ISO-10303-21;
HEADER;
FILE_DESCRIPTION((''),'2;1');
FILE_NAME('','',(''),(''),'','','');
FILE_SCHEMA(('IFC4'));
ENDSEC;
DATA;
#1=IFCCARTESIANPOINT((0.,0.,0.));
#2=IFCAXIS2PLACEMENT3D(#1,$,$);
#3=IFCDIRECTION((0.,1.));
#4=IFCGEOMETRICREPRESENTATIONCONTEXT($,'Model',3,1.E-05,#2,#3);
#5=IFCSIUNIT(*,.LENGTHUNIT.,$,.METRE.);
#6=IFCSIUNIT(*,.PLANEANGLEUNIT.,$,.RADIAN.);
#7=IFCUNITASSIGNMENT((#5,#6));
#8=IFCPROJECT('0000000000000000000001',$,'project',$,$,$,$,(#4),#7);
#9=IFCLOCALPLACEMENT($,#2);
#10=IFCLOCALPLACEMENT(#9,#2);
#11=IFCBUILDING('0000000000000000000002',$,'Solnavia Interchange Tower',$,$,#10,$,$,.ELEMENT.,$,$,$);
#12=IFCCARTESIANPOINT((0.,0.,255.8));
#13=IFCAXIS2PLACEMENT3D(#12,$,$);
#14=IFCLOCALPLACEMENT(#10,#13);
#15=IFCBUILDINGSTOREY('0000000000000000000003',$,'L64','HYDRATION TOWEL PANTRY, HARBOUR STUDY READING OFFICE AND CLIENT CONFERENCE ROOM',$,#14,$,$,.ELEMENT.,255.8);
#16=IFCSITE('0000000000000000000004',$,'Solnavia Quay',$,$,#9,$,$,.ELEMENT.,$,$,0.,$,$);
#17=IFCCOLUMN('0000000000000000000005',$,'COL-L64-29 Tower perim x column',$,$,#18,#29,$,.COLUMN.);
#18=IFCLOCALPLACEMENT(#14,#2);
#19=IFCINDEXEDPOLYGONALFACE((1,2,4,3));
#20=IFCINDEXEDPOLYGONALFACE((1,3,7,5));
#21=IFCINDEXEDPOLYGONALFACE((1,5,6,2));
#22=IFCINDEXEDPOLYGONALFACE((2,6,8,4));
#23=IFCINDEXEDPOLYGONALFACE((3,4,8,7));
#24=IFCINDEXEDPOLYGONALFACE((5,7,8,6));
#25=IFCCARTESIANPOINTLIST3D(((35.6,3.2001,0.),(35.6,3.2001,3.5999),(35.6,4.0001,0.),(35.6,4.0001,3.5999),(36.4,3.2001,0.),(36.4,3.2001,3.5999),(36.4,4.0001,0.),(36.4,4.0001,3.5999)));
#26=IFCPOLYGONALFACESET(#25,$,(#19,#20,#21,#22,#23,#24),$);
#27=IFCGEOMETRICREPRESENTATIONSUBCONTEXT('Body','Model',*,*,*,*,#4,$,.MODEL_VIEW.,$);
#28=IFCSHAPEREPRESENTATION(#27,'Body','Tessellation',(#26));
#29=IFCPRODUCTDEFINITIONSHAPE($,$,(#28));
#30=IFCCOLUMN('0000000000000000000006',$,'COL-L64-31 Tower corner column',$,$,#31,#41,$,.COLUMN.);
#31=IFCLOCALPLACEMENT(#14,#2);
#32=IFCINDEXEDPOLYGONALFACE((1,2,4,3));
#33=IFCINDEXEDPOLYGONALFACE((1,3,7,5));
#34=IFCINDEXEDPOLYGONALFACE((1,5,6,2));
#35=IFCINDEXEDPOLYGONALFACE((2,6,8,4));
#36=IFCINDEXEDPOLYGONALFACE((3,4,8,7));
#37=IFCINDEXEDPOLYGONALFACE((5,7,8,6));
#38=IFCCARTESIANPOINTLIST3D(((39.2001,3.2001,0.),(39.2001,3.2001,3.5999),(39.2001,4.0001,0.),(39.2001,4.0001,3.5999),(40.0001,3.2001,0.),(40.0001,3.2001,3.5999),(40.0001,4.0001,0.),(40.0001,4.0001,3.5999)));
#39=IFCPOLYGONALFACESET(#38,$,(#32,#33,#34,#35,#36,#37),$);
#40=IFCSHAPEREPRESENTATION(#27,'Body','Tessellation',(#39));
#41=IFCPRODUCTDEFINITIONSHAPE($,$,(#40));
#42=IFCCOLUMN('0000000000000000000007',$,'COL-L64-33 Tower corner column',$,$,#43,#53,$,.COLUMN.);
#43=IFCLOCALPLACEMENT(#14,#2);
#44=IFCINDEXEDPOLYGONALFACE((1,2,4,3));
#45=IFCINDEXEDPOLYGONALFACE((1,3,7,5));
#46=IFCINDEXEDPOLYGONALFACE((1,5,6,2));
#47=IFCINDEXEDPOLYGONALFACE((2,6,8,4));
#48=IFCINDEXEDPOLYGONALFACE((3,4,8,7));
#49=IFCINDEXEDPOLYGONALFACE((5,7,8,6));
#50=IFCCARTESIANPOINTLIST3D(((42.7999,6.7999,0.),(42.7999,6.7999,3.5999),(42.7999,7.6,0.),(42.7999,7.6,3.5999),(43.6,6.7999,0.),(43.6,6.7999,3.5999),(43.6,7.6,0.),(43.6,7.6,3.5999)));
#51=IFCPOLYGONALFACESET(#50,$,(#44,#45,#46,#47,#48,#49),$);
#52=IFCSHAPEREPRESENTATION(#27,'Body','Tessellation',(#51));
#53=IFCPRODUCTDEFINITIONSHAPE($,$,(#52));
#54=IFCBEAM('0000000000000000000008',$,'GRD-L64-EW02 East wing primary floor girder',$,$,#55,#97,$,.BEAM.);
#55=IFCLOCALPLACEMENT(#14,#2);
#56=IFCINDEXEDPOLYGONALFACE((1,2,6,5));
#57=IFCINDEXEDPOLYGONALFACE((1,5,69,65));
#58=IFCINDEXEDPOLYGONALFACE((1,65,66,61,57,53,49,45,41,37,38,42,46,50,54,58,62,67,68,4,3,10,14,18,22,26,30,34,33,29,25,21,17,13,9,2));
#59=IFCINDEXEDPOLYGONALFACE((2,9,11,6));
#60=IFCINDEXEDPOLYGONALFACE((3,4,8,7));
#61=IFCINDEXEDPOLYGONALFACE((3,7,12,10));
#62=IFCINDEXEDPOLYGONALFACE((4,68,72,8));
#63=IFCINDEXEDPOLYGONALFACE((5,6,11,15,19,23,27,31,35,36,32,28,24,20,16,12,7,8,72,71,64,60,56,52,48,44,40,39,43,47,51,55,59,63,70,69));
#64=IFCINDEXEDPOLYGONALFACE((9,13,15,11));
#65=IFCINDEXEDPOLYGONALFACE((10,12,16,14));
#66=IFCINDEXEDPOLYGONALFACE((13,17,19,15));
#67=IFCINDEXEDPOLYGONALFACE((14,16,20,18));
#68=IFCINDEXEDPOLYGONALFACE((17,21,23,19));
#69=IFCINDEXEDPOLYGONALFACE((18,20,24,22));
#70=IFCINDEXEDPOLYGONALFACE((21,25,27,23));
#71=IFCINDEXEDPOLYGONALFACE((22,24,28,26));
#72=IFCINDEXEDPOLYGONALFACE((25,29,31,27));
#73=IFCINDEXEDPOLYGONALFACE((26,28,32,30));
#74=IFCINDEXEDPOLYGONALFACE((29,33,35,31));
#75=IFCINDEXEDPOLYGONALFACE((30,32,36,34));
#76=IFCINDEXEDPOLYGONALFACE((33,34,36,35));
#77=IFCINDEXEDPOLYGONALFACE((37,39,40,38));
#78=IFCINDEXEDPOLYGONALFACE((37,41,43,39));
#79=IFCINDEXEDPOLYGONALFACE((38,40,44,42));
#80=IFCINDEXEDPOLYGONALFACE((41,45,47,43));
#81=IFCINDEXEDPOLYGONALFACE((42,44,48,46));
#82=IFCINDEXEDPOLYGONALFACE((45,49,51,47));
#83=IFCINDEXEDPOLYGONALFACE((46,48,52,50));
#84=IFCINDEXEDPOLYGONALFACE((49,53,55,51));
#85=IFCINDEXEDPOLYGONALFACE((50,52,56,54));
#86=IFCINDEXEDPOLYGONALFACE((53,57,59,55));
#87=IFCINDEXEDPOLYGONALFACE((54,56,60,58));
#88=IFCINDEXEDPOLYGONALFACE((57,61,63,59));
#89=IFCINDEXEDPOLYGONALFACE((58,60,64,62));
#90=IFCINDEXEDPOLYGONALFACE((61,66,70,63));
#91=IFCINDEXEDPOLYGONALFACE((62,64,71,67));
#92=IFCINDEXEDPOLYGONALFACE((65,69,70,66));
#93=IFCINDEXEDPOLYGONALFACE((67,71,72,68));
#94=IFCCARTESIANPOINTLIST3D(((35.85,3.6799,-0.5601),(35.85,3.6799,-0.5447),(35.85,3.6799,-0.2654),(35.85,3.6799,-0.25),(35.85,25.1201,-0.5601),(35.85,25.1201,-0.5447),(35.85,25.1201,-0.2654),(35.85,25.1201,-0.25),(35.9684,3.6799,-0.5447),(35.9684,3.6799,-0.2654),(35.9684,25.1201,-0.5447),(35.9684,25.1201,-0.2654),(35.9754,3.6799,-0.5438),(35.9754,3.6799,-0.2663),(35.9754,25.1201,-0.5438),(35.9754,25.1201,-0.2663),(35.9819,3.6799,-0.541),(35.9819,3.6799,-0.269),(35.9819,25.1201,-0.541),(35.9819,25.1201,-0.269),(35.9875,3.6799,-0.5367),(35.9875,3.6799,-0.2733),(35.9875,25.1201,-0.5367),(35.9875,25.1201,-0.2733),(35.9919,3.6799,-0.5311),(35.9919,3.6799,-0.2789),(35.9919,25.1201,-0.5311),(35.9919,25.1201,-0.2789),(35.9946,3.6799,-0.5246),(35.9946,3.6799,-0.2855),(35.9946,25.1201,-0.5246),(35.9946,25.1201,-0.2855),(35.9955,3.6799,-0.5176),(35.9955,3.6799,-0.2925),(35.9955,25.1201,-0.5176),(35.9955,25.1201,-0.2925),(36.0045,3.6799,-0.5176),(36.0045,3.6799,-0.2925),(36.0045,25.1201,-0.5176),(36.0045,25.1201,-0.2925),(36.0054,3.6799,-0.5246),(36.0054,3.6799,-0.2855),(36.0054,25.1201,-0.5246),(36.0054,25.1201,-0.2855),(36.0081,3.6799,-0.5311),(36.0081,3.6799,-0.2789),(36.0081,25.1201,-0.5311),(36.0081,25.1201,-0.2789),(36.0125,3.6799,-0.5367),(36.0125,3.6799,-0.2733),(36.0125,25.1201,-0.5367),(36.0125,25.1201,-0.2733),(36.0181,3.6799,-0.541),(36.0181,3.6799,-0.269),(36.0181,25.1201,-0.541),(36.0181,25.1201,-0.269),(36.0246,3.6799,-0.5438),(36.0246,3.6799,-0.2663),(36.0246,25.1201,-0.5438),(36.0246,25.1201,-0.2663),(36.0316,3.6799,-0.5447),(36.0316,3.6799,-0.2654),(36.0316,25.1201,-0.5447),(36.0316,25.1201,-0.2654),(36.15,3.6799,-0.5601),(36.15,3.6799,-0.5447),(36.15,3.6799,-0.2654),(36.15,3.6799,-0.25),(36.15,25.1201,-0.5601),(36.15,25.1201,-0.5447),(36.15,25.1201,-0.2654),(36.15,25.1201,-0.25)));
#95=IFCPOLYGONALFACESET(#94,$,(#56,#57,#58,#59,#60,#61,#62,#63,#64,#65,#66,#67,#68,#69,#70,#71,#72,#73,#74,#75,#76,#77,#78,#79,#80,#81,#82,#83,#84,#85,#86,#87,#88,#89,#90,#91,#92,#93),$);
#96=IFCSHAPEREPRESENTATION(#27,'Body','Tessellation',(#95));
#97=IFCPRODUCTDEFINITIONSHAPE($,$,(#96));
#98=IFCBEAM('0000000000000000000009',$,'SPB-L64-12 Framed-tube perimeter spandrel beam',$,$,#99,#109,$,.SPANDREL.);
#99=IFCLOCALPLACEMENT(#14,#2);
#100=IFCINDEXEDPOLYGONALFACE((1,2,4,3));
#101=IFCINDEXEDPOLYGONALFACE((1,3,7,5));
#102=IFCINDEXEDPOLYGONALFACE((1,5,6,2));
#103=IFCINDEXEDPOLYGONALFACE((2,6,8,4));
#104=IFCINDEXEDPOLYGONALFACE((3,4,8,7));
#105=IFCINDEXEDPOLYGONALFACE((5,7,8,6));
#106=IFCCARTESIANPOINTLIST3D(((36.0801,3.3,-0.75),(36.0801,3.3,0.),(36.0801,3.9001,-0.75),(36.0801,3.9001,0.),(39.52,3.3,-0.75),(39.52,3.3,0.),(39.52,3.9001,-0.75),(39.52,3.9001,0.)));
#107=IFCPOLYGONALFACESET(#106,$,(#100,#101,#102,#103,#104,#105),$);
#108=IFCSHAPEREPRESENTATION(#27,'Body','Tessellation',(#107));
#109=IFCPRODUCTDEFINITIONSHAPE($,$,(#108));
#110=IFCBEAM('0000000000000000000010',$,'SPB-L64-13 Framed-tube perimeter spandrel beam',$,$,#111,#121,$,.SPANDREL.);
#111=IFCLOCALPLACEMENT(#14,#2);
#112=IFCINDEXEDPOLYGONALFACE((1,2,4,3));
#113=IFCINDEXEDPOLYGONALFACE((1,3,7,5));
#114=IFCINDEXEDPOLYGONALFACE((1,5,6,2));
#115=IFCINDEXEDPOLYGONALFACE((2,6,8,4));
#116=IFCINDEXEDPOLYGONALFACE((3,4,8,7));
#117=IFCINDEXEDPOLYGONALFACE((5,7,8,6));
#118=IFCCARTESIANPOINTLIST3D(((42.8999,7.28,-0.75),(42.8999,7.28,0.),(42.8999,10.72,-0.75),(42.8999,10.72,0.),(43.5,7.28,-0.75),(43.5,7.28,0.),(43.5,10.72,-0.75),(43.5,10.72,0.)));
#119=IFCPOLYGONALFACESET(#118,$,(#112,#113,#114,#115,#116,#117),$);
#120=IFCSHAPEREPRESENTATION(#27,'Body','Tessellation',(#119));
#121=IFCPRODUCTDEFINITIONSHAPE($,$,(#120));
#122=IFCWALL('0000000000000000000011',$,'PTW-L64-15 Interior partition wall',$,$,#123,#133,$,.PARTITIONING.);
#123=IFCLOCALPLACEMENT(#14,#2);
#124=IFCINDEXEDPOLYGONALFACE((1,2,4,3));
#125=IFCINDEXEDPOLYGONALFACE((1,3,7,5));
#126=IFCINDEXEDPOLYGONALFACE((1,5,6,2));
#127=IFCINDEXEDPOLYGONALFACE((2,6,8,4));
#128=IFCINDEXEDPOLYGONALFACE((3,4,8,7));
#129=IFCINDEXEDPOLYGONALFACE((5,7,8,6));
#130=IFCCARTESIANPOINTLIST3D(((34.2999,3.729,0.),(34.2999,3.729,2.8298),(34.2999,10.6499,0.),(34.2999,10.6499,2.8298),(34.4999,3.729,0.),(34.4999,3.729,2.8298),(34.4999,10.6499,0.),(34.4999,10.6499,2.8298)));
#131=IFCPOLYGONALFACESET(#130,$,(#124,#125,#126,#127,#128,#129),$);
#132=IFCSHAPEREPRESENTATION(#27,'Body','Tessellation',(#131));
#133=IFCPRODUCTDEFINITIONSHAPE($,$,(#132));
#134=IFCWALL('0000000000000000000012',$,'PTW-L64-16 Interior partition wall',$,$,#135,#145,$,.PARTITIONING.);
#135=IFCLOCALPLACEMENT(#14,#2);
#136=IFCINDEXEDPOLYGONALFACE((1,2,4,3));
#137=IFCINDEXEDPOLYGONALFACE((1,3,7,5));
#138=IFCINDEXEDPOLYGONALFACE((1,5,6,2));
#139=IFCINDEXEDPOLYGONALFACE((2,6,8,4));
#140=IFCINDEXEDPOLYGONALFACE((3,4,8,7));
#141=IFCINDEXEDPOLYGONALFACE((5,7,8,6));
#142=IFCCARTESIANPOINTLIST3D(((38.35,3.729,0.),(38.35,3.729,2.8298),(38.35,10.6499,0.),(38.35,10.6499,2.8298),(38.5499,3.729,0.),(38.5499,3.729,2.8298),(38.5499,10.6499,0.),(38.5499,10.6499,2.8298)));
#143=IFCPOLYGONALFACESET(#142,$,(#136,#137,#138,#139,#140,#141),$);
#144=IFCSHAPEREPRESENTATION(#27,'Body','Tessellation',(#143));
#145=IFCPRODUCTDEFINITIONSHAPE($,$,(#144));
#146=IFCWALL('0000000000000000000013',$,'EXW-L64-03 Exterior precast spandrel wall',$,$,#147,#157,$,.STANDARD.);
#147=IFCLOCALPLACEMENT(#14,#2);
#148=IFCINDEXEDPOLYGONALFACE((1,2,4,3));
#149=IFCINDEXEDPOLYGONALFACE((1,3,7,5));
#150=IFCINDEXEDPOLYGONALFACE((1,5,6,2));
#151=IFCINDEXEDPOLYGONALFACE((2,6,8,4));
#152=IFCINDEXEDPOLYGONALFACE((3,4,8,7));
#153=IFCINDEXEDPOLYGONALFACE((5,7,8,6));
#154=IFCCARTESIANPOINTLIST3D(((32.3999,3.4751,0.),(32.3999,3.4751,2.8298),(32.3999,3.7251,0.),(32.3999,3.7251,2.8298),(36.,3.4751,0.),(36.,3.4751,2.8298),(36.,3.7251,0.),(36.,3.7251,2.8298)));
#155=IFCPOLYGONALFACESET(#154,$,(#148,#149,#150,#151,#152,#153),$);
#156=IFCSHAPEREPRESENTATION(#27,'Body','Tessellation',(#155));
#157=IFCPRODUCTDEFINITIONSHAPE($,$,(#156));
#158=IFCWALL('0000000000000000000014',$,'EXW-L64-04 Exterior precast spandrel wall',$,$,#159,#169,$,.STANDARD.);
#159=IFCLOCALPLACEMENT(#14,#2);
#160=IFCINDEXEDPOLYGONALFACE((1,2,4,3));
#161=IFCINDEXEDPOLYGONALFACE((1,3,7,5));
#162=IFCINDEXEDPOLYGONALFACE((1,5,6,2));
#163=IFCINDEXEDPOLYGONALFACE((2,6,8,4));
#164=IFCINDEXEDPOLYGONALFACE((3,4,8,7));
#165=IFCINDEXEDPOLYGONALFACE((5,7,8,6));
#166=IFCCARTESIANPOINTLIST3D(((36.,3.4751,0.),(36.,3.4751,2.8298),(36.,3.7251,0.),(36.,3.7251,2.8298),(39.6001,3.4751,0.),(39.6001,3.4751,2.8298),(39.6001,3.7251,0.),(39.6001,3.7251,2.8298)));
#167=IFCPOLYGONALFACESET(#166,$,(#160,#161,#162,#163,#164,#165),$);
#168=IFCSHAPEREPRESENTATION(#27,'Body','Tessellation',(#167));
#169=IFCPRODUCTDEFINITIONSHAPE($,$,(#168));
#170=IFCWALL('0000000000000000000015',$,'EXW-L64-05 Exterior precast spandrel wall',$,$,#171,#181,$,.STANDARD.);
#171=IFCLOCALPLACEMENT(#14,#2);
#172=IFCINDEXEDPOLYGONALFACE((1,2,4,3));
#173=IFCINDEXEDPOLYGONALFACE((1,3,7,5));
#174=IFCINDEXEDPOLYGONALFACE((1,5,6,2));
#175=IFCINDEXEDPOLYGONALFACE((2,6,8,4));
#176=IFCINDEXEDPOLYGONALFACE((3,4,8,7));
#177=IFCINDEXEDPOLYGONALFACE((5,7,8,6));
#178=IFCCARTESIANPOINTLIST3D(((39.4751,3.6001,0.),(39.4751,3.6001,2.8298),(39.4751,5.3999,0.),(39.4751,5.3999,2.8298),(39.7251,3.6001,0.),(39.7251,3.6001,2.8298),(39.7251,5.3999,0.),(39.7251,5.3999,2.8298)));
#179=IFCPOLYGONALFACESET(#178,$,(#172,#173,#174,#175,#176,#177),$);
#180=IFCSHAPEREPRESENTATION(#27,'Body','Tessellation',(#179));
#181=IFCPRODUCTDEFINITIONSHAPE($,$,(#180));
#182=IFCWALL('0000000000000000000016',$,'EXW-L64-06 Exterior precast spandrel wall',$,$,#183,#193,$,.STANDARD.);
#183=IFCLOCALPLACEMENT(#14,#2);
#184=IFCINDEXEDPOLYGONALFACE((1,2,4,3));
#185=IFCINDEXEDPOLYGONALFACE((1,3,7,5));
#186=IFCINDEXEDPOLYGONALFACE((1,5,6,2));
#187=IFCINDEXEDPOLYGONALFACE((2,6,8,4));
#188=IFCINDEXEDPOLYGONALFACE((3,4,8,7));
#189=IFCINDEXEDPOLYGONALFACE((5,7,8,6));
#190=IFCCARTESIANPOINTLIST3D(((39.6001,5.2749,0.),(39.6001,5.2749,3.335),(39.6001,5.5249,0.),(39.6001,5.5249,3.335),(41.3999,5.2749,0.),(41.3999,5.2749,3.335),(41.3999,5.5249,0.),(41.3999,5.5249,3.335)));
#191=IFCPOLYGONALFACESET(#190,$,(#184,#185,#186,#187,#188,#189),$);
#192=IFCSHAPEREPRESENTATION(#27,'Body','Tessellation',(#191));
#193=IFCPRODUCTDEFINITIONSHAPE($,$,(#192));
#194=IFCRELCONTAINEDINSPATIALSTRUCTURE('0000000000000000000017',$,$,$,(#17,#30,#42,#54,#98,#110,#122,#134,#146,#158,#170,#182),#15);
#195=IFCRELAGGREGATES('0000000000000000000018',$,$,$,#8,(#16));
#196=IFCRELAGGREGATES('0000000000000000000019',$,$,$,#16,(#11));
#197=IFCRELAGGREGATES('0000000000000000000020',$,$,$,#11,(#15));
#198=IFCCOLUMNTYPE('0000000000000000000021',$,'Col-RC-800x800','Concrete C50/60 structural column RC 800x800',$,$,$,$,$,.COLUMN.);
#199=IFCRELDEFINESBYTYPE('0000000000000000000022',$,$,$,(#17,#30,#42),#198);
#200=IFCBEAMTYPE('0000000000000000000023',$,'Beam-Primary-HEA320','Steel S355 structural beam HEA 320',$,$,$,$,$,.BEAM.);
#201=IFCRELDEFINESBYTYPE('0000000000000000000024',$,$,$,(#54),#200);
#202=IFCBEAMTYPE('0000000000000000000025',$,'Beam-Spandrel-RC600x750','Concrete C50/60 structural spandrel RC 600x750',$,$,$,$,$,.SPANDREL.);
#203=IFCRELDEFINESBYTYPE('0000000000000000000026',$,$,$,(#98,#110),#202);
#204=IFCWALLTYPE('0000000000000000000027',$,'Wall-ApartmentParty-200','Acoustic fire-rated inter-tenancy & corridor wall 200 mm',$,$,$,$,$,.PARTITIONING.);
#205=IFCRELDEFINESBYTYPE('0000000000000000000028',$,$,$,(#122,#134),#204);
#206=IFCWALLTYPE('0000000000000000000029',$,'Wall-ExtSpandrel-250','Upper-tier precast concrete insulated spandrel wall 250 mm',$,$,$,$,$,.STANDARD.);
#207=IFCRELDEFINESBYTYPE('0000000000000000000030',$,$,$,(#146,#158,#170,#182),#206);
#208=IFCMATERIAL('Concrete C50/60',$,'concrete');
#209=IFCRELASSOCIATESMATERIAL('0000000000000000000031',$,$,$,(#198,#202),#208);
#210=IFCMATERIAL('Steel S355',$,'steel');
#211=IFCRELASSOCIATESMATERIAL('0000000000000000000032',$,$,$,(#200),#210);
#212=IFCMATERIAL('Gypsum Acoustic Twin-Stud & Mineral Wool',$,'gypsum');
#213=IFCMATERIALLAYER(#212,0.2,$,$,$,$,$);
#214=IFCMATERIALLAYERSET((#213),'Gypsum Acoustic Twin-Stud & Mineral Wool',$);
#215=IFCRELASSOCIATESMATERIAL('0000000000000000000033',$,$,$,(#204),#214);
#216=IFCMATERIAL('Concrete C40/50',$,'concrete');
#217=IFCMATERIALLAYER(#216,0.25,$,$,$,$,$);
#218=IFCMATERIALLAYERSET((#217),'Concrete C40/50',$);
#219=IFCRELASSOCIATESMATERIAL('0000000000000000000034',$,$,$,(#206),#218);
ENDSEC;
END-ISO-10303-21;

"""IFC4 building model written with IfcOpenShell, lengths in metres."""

from ifc_helpers import new_model, si_unit, direction, frame, frame_2d, origin, origin_2d, place, context, subcontext, project, spatial, rectangle, i_section, extrude, material, layer, layer_set, material_profile, profile_set, type_object, element, save


model = new_model("IFC4")

# Units and contexts
model_context = context("Model", 3, precision=1e-05, world=origin(), true_north=direction((0.0, 1.0)))
body_context = subcontext(model_context, "Body", "Model", "MODEL_VIEW")
ifc_project = project(units=[si_unit("LENGTHUNIT", "METRE"), si_unit("PLANEANGLEUNIT", "RADIAN")], contexts=[model_context])

# Site, building, storey
site_placement = place(None, origin())
site = spatial("IfcSite", under=ifc_project, at=site_placement, Name="Solnavia Quay", CompositionType="ELEMENT", RefElevation=0.0)
building_placement = place(site_placement, origin())
building = spatial("IfcBuilding", under=site, at=building_placement, Name="Solnavia Interchange Tower", CompositionType="ELEMENT")
storey_placement = place(building_placement, frame((0.0, 0.0, 255.8)))
storey = spatial("IfcBuildingStorey", under=building, at=storey_placement, Name="L64", Description="HYDRATION TOWEL PANTRY, HARBOUR STUDY READING OFFICE AND CLIENT CONFERENCE ROOM", CompositionType="ELEMENT", Elevation=255.8)

# Columns
ifc_material_1 = material(Name="Concrete C50/60", Category="concrete")
ifc_material_profile_1 = material_profile(ifc_material_1, rectangle(XDim=0.8, YDim=0.8, at=origin_2d()), Name="RC 800x800")
ifc_profile_set_1 = profile_set([ifc_material_profile_1], Name="Concrete C50/60")
column_type = type_object("IfcColumnType", Name="Col-RC-800x800", Description="Concrete C50/60 structural column RC 800x800", PredefinedType="COLUMN", material=ifc_profile_set_1)
for number, where, z_axis, x_axis, name in (
    (1, (36.0, 3.6001, 0.0), (0.0, 0.0, 1.0), (1.0, 0.0, 0.0), "COL-L64-29 Tower perim x column"),
    (2, (39.6001, 3.6001, 0.0), (0.0, 0.0, 1.0), (1.0, 0.0, 0.0), "COL-L64-31 Tower corner column"),
    (3, (43.2, 7.2, 0.0), (0.0, 0.0, 1.0), (1.0, 0.0, 0.0), "COL-L64-33 Tower corner column"),
):
    element("IfcColumn", number, at=place(storey_placement, frame(where, z_axis=z_axis, x_axis=x_axis)), inside=storey, type_object=column_type, Name=name, PredefinedType="COLUMN", context=body_context, shape_type="SweptSolid", body=[
        extrude(rectangle(XDim=0.8, YDim=0.8, at=origin_2d()), origin(), (0.0, 0.0, 1.0), 3.5999),
    ])

# Beams
ifc_material_2 = material(Name="Steel S355", Category="steel")
ifc_material_profile_2 = material_profile(ifc_material_2, i_section(OverallWidth=0.3, OverallDepth=0.3101, WebThickness=0.009, FlangeThickness=0.0154, FilletRadius=0.0271, at=origin_2d()), Name="HEA 320")
ifc_profile_set_2 = profile_set([ifc_material_profile_2], Name="Steel S355")
beam_type_1 = type_object("IfcBeamType", Name="Beam-Primary-HEA320", Description="Steel S355 structural beam HEA 320", PredefinedType="BEAM", material=ifc_profile_set_2)
beam_placement = place(storey_placement, frame((36.0, 3.6799, -0.405), z_axis=(0.0, 1.0, 0.0), x_axis=(-1.0, 0.0, 0.0)))
element("IfcBeam", 4, at=beam_placement, inside=storey, type_object=beam_type_1, Name="GRD-L64-EW02 East wing primary floor girder", PredefinedType="BEAM", context=body_context, shape_type="SweptSolid", body=[
    extrude(i_section(OverallWidth=0.3, OverallDepth=0.3101, WebThickness=0.009, FlangeThickness=0.0154, FilletRadius=0.0271, at=origin_2d()), origin(), (0.0, 0.0, 1.0), 21.4402),
])
ifc_material_profile_3 = material_profile(ifc_material_1, rectangle(XDim=0.6001, YDim=0.75, at=origin_2d()), Name="RC 600x750")
ifc_profile_set_3 = profile_set([ifc_material_profile_3], Name="Concrete C50/60")
beam_type_2 = type_object("IfcBeamType", Name="Beam-Spandrel-RC600x750", Description="Concrete C50/60 structural spandrel RC 600x750", PredefinedType="SPANDREL", material=ifc_profile_set_3)
for number, where, z_axis, x_axis, name in (
    (5, (36.0801, 3.6001, -0.375), (1.0, 0.0, 0.0), (0.0, 1.0, 0.0), "SPB-L64-12 Framed-tube perimeter spandrel beam"),
    (6, (43.2, 7.28, -0.375), (0.0, 1.0, 0.0), (-1.0, 0.0, 0.0), "SPB-L64-13 Framed-tube perimeter spandrel beam"),
):
    element("IfcBeam", number, at=place(storey_placement, frame(where, z_axis=z_axis, x_axis=x_axis)), inside=storey, type_object=beam_type_2, Name=name, PredefinedType="SPANDREL", context=body_context, shape_type="SweptSolid", body=[
        extrude(rectangle(XDim=0.6001, YDim=0.75, at=origin_2d()), origin(), (0.0, 0.0, 1.0), 3.4399),
    ])

# Walls
ifc_material_3 = material(Name="Gypsum Acoustic Twin-Stud & Mineral Wool", Category="gypsum")
ifc_layer_1 = layer(ifc_material_3, 0.2)
ifc_layer_set_1 = layer_set([ifc_layer_1], Name="Gypsum Acoustic Twin-Stud & Mineral Wool")
wall_type_1 = type_object("IfcWallType", Name="Wall-ApartmentParty-200", Description="Acoustic fire-rated inter-tenancy & corridor wall 200 mm", PredefinedType="PARTITIONING", material=ifc_layer_set_1)
for number, where, z_axis, x_axis, name in (
    (7, (34.3999, 3.729, 0.0), (0.0, 0.0, 1.0), (0.0, 1.0, 0.0), "PTW-L64-15 Interior partition wall"),
    (8, (38.45, 3.729, 0.0), (0.0, 0.0, 1.0), (0.0, 1.0, 0.0), "PTW-L64-16 Interior partition wall"),
):
    element("IfcWall", number, at=place(storey_placement, frame(where, z_axis=z_axis, x_axis=x_axis)), inside=storey, type_object=wall_type_1, Name=name, PredefinedType="PARTITIONING", context=body_context, shape_type="SweptSolid", body=[
        extrude(rectangle(XDim=6.9209, YDim=0.2, at=frame_2d((3.4604, 0.0))), origin(), (0.0, 0.0, 1.0), 2.8298),
    ])
ifc_material_4 = material(Name="Concrete C40/50", Category="concrete")
ifc_layer_2 = layer(ifc_material_4, 0.25)
ifc_layer_set_2 = layer_set([ifc_layer_2], Name="Concrete C40/50")
wall_type_2 = type_object("IfcWallType", Name="Wall-ExtSpandrel-250", Description="Upper-tier precast concrete insulated spandrel wall 250 mm", PredefinedType="STANDARD", material=ifc_layer_set_2)
for number, where, z_axis, x_axis, name in (
    (9, (36.0, 3.6001, 0.0), (0.0, 0.0, 1.0), (-1.0, 0.0, 0.0), "EXW-L64-03 Exterior precast spandrel wall"),
    (10, (39.6001, 3.6001, 0.0), (0.0, 0.0, 1.0), (-1.0, 0.0, 0.0), "EXW-L64-04 Exterior precast spandrel wall"),
):
    element("IfcWall", number, at=place(storey_placement, frame(where, z_axis=z_axis, x_axis=x_axis)), inside=storey, type_object=wall_type_2, Name=name, PredefinedType="STANDARD", context=body_context, shape_type="SweptSolid", body=[
        extrude(rectangle(XDim=3.6001, YDim=0.25, at=frame_2d((1.8, 0.0))), origin(), (0.0, 0.0, 1.0), 2.8298),
    ])
wall_1_placement = place(storey_placement, frame((39.6001, 5.3999, 0.0), z_axis=(0.0, 0.0, 1.0), x_axis=(0.0, -1.0, 0.0)))
element("IfcWall", 11, at=wall_1_placement, inside=storey, type_object=wall_type_2, Name="EXW-L64-05 Exterior precast spandrel wall", PredefinedType="STANDARD", context=body_context, shape_type="SweptSolid", body=[
    extrude(rectangle(XDim=1.7998, YDim=0.25, at=frame_2d((0.8999, 0.0))), origin(), (0.0, 0.0, 1.0), 2.8298),
])
wall_2_placement = place(storey_placement, frame((41.3999, 5.3999, 0.0), z_axis=(0.0, 0.0, 1.0), x_axis=(-1.0, 0.0, 0.0)))
element("IfcWall", 12, at=wall_2_placement, inside=storey, type_object=wall_type_2, Name="EXW-L64-06 Exterior precast spandrel wall", PredefinedType="STANDARD", context=body_context, shape_type="SweptSolid", body=[
    extrude(rectangle(XDim=1.7998, YDim=0.25, at=frame_2d((0.8999, 0.0))), origin(), (0.0, 0.0, 1.0), 3.335),
])

save(model, "model.ifc")
